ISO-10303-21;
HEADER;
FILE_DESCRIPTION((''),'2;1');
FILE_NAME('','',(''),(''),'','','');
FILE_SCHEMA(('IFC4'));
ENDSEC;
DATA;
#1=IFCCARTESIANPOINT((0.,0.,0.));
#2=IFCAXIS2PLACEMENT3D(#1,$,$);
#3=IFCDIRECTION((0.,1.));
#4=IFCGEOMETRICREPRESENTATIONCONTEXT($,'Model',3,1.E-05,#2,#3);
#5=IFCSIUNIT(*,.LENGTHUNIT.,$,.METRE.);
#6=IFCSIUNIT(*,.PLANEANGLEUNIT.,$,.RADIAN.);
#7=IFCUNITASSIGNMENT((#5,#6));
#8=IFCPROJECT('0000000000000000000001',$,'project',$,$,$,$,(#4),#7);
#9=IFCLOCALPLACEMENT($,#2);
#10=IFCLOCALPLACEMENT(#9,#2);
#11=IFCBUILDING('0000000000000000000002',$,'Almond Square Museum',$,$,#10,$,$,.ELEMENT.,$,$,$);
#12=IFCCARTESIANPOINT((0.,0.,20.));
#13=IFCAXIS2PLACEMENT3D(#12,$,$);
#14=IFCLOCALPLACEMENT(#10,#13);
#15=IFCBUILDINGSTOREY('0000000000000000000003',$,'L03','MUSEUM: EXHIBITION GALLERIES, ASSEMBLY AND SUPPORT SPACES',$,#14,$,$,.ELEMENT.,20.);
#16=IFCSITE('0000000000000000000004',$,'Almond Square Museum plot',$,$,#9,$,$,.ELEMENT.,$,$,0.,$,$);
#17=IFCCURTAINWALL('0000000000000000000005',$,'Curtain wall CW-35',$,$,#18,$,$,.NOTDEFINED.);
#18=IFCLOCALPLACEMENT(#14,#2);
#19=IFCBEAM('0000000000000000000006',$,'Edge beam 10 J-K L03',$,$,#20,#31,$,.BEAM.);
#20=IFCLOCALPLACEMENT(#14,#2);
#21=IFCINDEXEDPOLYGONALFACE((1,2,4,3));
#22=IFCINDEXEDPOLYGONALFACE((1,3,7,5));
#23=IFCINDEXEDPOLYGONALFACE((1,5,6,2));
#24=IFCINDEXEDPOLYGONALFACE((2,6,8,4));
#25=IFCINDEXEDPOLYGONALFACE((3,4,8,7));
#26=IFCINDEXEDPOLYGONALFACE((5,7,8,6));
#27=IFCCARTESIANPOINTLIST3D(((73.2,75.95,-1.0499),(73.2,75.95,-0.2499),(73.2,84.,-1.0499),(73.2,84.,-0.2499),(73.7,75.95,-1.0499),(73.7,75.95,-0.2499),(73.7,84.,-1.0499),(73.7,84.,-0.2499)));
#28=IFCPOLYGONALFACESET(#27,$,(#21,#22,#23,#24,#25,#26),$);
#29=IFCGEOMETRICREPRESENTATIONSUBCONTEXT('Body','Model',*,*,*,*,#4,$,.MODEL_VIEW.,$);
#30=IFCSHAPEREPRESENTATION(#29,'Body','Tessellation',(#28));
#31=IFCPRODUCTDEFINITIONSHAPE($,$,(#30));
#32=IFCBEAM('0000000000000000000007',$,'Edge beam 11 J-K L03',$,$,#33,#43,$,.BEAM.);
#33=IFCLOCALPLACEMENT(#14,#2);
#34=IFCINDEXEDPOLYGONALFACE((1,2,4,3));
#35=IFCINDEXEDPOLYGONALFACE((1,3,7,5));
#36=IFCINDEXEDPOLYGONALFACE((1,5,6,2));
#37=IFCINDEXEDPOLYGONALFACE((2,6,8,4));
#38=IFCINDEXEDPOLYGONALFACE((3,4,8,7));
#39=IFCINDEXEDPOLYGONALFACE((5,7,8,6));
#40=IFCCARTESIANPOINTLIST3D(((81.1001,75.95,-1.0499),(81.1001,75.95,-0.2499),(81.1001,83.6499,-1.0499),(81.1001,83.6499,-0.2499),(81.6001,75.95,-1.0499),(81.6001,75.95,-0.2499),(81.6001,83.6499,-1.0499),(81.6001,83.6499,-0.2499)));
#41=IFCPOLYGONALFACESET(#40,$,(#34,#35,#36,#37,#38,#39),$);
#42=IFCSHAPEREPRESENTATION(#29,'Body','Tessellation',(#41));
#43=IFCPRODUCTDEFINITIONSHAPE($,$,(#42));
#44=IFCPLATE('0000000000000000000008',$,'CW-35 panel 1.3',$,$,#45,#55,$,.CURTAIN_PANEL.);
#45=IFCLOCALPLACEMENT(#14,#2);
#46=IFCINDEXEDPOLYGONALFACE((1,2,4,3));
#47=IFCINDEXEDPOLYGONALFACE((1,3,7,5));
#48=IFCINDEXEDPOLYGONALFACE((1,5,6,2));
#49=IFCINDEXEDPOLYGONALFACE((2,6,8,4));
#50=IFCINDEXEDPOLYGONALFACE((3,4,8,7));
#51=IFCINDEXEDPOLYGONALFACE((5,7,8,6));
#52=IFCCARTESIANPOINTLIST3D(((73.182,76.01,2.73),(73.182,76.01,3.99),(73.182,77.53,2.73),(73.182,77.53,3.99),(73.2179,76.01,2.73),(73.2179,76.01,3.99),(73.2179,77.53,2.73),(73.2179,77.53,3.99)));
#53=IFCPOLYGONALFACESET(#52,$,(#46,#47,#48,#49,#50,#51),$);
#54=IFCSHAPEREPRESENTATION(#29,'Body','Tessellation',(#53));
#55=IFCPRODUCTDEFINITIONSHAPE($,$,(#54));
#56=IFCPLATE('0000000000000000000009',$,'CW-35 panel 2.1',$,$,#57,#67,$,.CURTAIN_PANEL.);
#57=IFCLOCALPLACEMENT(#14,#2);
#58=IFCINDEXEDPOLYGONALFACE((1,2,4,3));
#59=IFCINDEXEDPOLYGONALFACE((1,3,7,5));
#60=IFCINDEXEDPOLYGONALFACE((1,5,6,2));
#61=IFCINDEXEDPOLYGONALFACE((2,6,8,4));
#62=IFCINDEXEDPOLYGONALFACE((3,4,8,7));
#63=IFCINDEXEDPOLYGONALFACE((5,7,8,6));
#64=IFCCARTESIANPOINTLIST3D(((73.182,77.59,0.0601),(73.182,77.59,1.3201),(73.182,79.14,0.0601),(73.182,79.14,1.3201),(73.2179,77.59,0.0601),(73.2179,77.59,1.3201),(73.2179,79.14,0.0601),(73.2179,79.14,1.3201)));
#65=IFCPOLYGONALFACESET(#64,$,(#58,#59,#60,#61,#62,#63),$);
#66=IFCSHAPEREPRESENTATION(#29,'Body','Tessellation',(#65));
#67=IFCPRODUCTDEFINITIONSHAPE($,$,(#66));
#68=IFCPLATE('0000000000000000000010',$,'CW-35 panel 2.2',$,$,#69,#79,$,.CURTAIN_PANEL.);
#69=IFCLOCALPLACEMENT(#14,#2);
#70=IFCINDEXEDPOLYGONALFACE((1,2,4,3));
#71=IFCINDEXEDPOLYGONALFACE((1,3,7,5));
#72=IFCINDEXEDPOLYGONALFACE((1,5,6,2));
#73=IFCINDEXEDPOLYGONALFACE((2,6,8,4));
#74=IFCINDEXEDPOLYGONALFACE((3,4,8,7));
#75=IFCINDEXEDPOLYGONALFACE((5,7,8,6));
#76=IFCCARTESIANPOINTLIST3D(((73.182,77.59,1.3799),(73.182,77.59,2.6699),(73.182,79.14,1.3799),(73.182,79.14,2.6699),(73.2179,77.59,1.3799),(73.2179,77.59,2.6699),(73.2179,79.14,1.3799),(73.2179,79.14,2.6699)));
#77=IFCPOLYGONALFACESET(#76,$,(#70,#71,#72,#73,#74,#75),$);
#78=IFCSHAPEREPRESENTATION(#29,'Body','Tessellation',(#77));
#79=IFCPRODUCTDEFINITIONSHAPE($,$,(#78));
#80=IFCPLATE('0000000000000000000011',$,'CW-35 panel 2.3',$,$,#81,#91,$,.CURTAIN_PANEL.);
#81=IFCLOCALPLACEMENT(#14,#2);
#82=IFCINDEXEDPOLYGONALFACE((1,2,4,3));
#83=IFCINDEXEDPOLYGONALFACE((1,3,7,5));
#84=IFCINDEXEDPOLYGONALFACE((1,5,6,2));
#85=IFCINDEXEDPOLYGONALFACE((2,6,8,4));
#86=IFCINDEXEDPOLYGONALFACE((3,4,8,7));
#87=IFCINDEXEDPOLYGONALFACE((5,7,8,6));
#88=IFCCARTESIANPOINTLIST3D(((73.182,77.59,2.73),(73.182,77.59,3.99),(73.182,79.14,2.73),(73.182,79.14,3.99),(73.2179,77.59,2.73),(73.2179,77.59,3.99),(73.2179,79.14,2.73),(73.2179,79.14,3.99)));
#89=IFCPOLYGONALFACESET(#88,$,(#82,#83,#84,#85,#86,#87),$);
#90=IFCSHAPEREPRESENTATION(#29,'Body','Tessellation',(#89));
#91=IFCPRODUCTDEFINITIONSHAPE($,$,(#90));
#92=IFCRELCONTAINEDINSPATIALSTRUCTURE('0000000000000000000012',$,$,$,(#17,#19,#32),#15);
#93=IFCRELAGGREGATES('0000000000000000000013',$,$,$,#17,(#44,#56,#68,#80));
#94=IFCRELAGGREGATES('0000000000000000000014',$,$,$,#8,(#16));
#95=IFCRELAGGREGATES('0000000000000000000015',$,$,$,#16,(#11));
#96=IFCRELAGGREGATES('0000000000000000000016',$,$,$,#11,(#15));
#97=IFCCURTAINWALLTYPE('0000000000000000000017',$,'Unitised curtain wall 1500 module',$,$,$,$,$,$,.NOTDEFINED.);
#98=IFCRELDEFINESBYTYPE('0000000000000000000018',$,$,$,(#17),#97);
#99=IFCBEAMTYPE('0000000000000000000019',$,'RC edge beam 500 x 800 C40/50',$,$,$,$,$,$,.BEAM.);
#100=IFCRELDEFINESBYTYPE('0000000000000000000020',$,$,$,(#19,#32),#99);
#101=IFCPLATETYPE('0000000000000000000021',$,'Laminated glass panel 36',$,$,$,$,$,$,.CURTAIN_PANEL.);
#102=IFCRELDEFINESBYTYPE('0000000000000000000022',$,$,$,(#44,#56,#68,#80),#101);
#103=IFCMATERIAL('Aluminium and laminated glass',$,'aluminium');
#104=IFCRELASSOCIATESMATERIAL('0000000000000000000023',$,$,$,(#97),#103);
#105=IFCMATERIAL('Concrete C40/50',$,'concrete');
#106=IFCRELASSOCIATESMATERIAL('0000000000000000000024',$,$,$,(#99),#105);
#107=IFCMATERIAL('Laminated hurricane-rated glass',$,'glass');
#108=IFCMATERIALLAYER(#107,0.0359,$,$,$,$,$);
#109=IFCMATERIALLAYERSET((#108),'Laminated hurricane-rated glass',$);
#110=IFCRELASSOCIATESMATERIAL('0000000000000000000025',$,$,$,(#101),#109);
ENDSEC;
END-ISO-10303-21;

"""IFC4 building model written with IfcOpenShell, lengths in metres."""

from ifc_helpers import new_model, si_unit, direction, frame, origin, origin_2d, place, context, subcontext, project, spatial, rectangle, extrude, material, layer, layer_set, material_profile, profile_set, type_object, element, aggregate, save


model = new_model("IFC4")

# Units and contexts
model_context = context("Model", 3, precision=1e-05, world=origin(), true_north=direction((0.0, 1.0)))
body_context = subcontext(model_context, "Body", "Model", "MODEL_VIEW")
ifc_project = project(units=[si_unit("LENGTHUNIT", "METRE"), si_unit("PLANEANGLEUNIT", "RADIAN")], contexts=[model_context])

# Site, building, storey
site_placement = place(None, origin())
site = spatial("IfcSite", under=ifc_project, at=site_placement, Name="Almond Square Museum plot", CompositionType="ELEMENT", RefElevation=0.0)
building_placement = place(site_placement, origin())
building = spatial("IfcBuilding", under=site, at=building_placement, Name="Almond Square Museum", CompositionType="ELEMENT")
storey_placement = place(building_placement, frame((0.0, 0.0, 20.0)))
storey = spatial("IfcBuildingStorey", under=building, at=storey_placement, Name="L03", Description="MUSEUM: EXHIBITION GALLERIES, ASSEMBLY AND SUPPORT SPACES", CompositionType="ELEMENT", Elevation=20.0)

# Curtain wall
ifc_material_1 = material(Name="Aluminium and laminated glass", Category="aluminium")
curtain_wall_type = type_object("IfcCurtainWallType", Name="Unitised curtain wall 1500 module", PredefinedType="NOTDEFINED", material=ifc_material_1)
curtain_wall_1_placement = place(storey_placement, origin())
curtain_wall_1 = element("IfcCurtainWall", 1, at=curtain_wall_1_placement, inside=storey, type_object=curtain_wall_type, Name="Curtain wall CW-35", PredefinedType="NOTDEFINED")

# Beams
ifc_material_2 = material(Name="Concrete C40/50", Category="concrete")
ifc_material_profile_1 = material_profile(ifc_material_2, rectangle(XDim=0.5, YDim=0.8, at=origin_2d()))
ifc_profile_set_1 = profile_set([ifc_material_profile_1], Name="Concrete C40/50")
beam_type_1 = type_object("IfcBeamType", Name="RC edge beam 500 x 800 C40/50", PredefinedType="BEAM", material=ifc_profile_set_1)
beam_1_placement = place(storey_placement, frame((73.45, 75.95, -0.6499), z_axis=(0.0, 1.0, 0.0), x_axis=(-1.0, 0.0, 0.0)))
element("IfcBeam", 2, at=beam_1_placement, inside=storey, type_object=beam_type_1, Name="Edge beam 10 J-K L03", PredefinedType="BEAM", context=body_context, shape_type="SweptSolid", body=[
    extrude(rectangle(XDim=0.5, YDim=0.8, at=origin_2d()), origin(), (0.0, 0.0, 1.0), 8.05),
])
beam_2_placement = place(storey_placement, frame((81.3501, 75.95, -0.6499), z_axis=(0.0, 1.0, 0.0), x_axis=(-1.0, 0.0, 0.0)))
element("IfcBeam", 3, at=beam_2_placement, inside=storey, type_object=beam_type_1, Name="Edge beam 11 J-K L03", PredefinedType="BEAM", context=body_context, shape_type="SweptSolid", body=[
    extrude(rectangle(XDim=0.5, YDim=0.8, at=origin_2d()), origin(), (0.0, 0.0, 1.0), 7.7),
])

# Plates
ifc_material_3 = material(Name="Laminated hurricane-rated glass", Category="glass")
ifc_layer = layer(ifc_material_3, 0.0359)
ifc_layer_set = layer_set([ifc_layer], Name="Laminated hurricane-rated glass")
plate_type = type_object("IfcPlateType", Name="Laminated glass panel 36", PredefinedType="CURTAIN_PANEL", material=ifc_layer_set)
plate_1_placement = place(storey_placement, frame((73.2, 76.77, 2.73), z_axis=(0.0, 0.0, 1.0), x_axis=(0.0, 1.0, 0.0)))
plate_1 = element("IfcPlate", 4, at=plate_1_placement, type_object=plate_type, Name="CW-35 panel 1.3", PredefinedType="CURTAIN_PANEL", context=body_context, shape_type="SweptSolid", body=[
    extrude(rectangle(XDim=1.52, YDim=0.0359, at=origin_2d()), origin(), (0.0, 0.0, 1.0), 1.26),
])
plate_2_placement = place(storey_placement, frame((73.2, 78.365, 0.0601), z_axis=(0.0, 0.0, 1.0), x_axis=(0.0, 1.0, 0.0)))
plate_2 = element("IfcPlate", 5, at=plate_2_placement, type_object=plate_type, Name="CW-35 panel 2.1", PredefinedType="CURTAIN_PANEL", context=body_context, shape_type="SweptSolid", body=[
    extrude(rectangle(XDim=1.55, YDim=0.0359, at=origin_2d()), origin(), (0.0, 0.0, 1.0), 1.26),
])
plate_3_placement = place(storey_placement, frame((73.2, 78.365, 1.3799), z_axis=(0.0, 0.0, 1.0), x_axis=(0.0, 1.0, 0.0)))
plate_3 = element("IfcPlate", 6, at=plate_3_placement, type_object=plate_type, Name="CW-35 panel 2.2", PredefinedType="CURTAIN_PANEL", context=body_context, shape_type="SweptSolid", body=[
    extrude(rectangle(XDim=1.55, YDim=0.0359, at=origin_2d()), origin(), (0.0, 0.0, 1.0), 1.29),
])
plate_4_placement = place(storey_placement, frame((73.2, 78.365, 2.73), z_axis=(0.0, 0.0, 1.0), x_axis=(0.0, 1.0, 0.0)))
plate_4 = element("IfcPlate", 7, at=plate_4_placement, type_object=plate_type, Name="CW-35 panel 2.3", PredefinedType="CURTAIN_PANEL", context=body_context, shape_type="SweptSolid", body=[
    extrude(rectangle(XDim=1.55, YDim=0.0359, at=origin_2d()), origin(), (0.0, 0.0, 1.0), 1.26),
])
aggregate(curtain_wall_1, [plate_1, plate_2, plate_3, plate_4])

save(model, "model.ifc")
